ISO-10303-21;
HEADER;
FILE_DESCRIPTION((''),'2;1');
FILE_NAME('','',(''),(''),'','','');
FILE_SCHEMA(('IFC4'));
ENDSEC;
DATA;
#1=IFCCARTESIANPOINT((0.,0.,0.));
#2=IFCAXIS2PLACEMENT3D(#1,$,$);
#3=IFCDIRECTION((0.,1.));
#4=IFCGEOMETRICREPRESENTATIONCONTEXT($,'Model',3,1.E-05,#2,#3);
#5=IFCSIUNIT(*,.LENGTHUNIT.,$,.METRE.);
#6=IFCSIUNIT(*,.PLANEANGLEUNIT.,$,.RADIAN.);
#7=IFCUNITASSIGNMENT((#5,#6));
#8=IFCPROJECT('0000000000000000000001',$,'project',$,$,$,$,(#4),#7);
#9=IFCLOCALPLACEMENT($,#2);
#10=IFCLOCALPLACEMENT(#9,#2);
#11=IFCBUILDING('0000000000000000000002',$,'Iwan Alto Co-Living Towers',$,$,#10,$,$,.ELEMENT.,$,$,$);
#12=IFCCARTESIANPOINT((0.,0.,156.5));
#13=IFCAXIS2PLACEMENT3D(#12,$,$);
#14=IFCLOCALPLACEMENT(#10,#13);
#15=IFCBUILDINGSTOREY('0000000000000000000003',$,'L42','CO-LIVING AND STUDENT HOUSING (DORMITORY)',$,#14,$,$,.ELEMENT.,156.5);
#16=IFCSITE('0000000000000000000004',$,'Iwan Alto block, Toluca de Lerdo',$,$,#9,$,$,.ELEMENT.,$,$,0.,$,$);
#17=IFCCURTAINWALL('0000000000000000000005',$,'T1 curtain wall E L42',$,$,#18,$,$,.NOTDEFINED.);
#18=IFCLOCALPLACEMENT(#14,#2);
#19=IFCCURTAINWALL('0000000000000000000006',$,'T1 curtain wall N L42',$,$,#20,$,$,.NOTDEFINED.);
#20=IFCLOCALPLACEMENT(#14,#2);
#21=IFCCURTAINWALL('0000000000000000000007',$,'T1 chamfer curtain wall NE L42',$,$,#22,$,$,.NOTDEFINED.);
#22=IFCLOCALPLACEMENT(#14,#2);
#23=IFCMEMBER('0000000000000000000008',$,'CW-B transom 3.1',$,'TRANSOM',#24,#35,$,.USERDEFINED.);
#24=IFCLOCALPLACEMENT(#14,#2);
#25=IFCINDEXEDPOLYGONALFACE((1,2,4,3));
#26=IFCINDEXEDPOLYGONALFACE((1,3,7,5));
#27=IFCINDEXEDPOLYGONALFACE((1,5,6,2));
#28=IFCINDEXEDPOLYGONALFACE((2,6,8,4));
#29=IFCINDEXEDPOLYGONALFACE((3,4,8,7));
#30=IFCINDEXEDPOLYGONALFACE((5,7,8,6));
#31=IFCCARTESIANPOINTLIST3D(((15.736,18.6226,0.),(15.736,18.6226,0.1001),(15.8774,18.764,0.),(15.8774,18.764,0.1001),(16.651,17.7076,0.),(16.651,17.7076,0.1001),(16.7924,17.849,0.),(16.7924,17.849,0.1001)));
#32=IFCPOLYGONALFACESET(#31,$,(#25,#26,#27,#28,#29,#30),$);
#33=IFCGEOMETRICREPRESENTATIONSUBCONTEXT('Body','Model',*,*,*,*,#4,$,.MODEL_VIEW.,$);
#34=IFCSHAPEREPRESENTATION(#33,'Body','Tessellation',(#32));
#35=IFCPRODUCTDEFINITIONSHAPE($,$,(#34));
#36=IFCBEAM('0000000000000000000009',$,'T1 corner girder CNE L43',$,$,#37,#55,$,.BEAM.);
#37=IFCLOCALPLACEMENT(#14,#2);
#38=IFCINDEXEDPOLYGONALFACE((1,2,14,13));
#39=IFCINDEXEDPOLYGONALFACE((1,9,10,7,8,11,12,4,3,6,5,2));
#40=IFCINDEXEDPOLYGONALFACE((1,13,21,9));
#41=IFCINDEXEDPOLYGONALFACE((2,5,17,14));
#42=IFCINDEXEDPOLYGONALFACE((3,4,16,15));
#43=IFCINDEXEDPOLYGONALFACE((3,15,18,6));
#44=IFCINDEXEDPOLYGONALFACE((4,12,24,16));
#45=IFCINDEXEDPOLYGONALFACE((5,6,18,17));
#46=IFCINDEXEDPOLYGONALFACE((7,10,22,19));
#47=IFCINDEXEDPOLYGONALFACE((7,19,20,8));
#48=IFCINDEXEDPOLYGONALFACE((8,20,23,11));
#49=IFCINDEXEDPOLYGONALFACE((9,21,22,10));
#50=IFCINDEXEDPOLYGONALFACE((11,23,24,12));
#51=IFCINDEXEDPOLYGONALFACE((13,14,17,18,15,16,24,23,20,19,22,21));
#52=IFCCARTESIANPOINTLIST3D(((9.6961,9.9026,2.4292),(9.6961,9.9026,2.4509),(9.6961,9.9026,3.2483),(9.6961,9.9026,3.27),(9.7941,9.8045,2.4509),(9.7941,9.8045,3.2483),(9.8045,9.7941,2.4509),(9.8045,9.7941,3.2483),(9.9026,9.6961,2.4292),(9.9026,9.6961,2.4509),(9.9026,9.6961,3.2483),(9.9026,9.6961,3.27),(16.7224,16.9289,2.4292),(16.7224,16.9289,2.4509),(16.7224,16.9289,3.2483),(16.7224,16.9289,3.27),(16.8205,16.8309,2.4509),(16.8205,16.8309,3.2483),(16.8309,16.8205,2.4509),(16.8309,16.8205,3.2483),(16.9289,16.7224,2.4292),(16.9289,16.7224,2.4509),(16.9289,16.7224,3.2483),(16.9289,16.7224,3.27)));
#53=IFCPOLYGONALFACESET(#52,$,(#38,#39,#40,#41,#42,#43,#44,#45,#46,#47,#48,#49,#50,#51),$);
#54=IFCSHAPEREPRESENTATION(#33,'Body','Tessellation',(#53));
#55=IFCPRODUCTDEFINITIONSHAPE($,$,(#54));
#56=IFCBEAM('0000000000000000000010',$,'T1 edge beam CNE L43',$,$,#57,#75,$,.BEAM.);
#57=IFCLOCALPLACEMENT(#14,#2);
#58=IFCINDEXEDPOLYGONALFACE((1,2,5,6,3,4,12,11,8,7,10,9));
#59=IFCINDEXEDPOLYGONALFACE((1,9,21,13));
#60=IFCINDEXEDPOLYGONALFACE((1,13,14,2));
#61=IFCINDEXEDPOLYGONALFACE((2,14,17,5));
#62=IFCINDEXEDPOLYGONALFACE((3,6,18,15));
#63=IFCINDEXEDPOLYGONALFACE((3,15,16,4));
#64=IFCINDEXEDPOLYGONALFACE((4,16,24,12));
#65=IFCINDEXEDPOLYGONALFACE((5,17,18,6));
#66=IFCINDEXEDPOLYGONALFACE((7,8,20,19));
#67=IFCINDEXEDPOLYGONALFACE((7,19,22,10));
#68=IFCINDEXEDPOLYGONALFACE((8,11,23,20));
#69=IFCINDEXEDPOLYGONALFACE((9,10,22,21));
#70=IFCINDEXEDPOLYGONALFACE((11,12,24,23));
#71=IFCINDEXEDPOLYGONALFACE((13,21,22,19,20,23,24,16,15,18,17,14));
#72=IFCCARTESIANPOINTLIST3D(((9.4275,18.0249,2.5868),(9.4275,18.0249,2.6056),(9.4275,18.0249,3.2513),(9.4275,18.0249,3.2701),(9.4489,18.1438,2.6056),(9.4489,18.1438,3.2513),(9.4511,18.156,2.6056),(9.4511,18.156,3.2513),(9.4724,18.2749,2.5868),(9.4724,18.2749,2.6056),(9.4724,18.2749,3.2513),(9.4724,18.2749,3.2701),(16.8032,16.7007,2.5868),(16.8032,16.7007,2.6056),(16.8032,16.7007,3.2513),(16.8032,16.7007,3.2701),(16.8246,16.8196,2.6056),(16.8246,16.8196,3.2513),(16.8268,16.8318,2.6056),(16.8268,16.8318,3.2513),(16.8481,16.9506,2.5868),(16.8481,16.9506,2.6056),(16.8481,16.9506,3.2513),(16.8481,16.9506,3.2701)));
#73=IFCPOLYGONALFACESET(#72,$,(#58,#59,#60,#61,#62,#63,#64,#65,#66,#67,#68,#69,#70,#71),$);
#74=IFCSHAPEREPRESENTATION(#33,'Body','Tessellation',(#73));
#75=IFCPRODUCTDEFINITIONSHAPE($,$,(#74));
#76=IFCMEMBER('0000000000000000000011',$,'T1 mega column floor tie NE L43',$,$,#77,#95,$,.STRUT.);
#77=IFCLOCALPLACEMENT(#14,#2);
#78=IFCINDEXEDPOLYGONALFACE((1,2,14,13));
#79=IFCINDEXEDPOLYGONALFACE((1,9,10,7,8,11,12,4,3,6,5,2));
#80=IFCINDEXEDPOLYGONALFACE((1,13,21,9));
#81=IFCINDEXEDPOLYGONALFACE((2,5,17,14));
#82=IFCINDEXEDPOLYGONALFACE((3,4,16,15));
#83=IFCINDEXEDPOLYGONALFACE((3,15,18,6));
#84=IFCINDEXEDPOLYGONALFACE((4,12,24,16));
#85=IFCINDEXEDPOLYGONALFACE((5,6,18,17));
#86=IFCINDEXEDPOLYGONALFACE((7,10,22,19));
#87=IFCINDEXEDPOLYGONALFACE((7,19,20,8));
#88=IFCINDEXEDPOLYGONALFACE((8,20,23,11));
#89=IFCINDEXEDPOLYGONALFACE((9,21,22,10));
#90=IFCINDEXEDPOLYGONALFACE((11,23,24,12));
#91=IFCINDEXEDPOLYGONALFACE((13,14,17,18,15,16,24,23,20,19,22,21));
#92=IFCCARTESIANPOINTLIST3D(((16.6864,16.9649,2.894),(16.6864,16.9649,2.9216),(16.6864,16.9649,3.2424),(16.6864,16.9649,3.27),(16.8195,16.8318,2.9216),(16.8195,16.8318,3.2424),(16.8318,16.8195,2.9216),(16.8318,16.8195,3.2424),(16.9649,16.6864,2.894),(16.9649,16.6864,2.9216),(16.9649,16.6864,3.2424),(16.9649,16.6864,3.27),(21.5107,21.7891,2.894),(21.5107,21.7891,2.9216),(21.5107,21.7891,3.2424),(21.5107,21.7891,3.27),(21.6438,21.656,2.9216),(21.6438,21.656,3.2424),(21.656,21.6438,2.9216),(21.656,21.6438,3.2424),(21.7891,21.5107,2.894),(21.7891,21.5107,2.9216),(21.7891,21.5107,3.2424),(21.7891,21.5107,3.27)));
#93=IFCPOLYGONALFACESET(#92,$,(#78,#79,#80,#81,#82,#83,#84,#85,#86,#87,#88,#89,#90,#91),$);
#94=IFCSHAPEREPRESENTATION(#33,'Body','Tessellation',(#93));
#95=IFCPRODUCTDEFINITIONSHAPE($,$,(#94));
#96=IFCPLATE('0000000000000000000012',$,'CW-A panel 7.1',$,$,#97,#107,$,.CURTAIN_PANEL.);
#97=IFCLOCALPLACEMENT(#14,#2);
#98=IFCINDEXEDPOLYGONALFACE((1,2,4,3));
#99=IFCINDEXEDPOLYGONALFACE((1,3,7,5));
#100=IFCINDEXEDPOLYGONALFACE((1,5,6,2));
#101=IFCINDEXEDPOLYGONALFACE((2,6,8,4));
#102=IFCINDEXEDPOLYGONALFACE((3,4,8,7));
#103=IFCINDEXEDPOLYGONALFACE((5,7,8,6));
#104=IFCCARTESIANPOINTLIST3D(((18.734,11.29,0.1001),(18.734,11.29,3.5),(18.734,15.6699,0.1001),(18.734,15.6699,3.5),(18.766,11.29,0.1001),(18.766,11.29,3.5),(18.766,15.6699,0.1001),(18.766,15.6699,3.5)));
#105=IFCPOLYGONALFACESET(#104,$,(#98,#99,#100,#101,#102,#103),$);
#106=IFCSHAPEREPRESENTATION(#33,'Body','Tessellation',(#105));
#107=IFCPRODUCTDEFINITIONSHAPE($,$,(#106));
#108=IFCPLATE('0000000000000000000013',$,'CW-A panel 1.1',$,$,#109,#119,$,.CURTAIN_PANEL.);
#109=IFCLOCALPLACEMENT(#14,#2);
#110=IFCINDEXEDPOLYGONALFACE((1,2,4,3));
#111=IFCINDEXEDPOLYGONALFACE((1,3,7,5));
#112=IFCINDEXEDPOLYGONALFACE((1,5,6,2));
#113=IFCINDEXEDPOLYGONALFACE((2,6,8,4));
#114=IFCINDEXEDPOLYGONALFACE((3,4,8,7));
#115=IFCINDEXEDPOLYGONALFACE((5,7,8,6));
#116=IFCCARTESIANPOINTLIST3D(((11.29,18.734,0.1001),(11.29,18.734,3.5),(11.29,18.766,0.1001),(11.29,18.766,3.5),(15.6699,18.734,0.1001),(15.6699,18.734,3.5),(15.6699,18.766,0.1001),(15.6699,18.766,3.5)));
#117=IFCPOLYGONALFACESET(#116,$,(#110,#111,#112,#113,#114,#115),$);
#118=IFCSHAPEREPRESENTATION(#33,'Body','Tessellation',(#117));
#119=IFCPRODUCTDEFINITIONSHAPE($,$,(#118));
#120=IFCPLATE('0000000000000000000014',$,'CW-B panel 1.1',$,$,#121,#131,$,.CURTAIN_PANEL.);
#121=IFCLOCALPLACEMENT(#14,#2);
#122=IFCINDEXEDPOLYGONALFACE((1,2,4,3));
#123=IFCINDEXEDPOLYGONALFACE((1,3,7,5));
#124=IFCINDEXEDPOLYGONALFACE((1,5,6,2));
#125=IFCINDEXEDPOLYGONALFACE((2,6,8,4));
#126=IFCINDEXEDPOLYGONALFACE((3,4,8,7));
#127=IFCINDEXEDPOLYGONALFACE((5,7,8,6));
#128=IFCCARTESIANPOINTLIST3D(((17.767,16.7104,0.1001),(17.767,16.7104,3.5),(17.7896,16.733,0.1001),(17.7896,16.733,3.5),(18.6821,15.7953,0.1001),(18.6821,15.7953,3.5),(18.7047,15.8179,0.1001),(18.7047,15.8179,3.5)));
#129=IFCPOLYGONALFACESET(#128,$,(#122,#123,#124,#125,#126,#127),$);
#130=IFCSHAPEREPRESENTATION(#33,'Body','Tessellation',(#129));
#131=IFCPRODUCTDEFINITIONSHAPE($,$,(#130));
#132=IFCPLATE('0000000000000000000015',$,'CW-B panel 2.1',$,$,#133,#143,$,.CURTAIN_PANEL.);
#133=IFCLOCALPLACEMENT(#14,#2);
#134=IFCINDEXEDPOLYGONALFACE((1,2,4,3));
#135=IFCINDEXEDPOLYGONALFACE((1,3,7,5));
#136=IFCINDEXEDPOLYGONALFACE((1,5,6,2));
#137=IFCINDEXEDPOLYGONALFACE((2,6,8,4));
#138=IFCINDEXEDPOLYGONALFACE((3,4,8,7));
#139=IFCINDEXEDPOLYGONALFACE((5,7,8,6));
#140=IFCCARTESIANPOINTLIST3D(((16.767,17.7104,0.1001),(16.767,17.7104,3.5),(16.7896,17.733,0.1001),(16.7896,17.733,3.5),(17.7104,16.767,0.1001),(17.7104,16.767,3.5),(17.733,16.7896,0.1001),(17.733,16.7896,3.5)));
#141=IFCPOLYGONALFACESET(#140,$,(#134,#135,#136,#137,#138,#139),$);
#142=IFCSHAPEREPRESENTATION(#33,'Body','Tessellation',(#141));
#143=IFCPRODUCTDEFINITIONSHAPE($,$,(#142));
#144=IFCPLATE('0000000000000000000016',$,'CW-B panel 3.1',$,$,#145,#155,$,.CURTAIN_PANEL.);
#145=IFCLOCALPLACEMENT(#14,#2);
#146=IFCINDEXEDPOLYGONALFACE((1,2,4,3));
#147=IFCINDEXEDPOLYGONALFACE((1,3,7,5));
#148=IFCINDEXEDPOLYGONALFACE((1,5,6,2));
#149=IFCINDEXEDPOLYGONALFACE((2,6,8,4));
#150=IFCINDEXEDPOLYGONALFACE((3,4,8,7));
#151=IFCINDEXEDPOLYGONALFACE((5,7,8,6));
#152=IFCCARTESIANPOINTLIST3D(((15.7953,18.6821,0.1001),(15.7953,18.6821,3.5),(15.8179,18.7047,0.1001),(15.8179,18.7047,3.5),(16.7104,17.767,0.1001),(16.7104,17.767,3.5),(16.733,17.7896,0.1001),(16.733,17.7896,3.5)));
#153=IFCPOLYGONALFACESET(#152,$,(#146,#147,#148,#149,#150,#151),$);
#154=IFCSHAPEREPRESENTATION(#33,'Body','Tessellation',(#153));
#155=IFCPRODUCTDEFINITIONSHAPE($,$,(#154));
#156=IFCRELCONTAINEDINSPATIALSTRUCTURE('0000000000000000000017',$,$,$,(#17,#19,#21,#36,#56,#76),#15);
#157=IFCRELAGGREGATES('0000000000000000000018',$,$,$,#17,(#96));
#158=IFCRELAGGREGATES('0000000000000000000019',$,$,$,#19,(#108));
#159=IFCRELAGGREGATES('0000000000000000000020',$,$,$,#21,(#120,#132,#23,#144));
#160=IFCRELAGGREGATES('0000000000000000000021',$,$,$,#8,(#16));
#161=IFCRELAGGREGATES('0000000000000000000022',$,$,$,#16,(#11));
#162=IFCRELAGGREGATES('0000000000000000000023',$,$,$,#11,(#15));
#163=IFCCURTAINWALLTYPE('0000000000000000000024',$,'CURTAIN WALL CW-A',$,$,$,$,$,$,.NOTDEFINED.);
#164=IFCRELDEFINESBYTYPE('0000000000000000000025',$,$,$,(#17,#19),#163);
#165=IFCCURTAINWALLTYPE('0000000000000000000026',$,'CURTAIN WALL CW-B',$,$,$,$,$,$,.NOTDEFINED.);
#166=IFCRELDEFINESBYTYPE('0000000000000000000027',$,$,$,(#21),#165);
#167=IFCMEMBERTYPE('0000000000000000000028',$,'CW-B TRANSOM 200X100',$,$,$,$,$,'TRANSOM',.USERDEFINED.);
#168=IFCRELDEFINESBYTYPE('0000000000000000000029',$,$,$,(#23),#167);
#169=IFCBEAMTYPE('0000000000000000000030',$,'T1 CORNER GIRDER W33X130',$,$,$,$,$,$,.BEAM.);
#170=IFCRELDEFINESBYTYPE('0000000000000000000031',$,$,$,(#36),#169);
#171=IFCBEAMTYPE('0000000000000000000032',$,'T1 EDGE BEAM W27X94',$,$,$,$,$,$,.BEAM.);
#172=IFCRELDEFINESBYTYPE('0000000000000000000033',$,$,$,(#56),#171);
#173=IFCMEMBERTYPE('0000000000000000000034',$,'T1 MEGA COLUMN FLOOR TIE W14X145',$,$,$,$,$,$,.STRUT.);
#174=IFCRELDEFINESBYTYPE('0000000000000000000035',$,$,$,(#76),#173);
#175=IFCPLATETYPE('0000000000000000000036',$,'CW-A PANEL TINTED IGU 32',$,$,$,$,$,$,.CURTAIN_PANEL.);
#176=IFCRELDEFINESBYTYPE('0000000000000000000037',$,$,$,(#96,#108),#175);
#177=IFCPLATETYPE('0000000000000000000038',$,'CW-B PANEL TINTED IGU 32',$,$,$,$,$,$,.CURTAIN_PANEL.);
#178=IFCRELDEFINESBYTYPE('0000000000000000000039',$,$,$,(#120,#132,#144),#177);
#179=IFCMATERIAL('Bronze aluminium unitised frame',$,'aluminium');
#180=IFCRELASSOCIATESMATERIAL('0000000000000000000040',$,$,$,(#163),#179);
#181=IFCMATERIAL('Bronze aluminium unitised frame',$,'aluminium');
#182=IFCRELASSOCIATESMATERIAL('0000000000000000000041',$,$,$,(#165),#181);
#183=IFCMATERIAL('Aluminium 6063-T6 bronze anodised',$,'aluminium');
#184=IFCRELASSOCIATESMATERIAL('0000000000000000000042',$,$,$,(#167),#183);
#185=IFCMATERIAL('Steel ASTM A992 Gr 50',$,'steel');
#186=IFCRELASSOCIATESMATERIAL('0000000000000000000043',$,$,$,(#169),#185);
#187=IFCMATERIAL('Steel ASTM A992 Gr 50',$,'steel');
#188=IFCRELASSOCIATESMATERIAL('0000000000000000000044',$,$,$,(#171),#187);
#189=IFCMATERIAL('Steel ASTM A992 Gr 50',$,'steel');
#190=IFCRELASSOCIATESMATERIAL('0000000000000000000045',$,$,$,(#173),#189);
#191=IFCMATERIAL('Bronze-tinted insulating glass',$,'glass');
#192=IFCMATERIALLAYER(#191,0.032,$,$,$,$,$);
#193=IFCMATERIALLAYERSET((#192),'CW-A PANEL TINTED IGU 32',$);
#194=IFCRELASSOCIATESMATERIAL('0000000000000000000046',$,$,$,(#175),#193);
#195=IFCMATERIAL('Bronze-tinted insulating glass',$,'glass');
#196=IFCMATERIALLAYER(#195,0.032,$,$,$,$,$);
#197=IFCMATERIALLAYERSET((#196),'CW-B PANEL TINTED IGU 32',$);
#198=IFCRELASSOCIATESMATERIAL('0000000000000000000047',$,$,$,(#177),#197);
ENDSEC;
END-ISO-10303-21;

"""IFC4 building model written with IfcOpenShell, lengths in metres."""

from ifc_helpers import new_model, si_unit, direction, frame, origin, origin_2d, place, context, subcontext, project, spatial, rectangle, i_section, extrude, material, layer, layer_set, material_profile, profile_set, type_object, element, aggregate, save


model = new_model("IFC4")

# Units and contexts
model_context = context("Model", 3, precision=1e-05, world=origin(), true_north=direction((0.0, 1.0)))
body_context = subcontext(model_context, "Body", "Model", "MODEL_VIEW")
ifc_project = project(units=[si_unit("LENGTHUNIT", "METRE"), si_unit("PLANEANGLEUNIT", "RADIAN")], contexts=[model_context])

# Site, building, storey
site_placement = place(None, origin())
site = spatial("IfcSite", under=ifc_project, at=site_placement, Name="Iwan Alto block, Toluca de Lerdo", CompositionType="ELEMENT", RefElevation=0.0)
building_placement = place(site_placement, origin())
building = spatial("IfcBuilding", under=site, at=building_placement, Name="Iwan Alto Co-Living Towers", CompositionType="ELEMENT")
storey_placement = place(building_placement, frame((0.0, 0.0, 156.5)))
storey = spatial("IfcBuildingStorey", under=building, at=storey_placement, Name="L42", Description="CO-LIVING AND STUDENT HOUSING (DORMITORY)", CompositionType="ELEMENT", Elevation=156.5)

# Curtain walls
ifc_material_1 = material(Name="Bronze aluminium unitised frame", Category="aluminium")
curtain_wall_type_1 = type_object("IfcCurtainWallType", Name="CURTAIN WALL CW-A", PredefinedType="NOTDEFINED", material=ifc_material_1)
curtain_wall_1_placement = place(storey_placement, origin())
curtain_wall_1 = element("IfcCurtainWall", 1, at=curtain_wall_1_placement, inside=storey, type_object=curtain_wall_type_1, Name="T1 curtain wall E L42", PredefinedType="NOTDEFINED")
curtain_wall_2_placement = place(storey_placement, origin())
curtain_wall_2 = element("IfcCurtainWall", 2, at=curtain_wall_2_placement, inside=storey, type_object=curtain_wall_type_1, Name="T1 curtain wall N L42", PredefinedType="NOTDEFINED")

# Curtain wall, member
ifc_material_2 = material(Name="Bronze aluminium unitised frame", Category="aluminium")
curtain_wall_type_2 = type_object("IfcCurtainWallType", Name="CURTAIN WALL CW-B", PredefinedType="NOTDEFINED", material=ifc_material_2)
curtain_wall_3_placement = place(storey_placement, origin())
curtain_wall_3 = element("IfcCurtainWall", 3, at=curtain_wall_3_placement, inside=storey, type_object=curtain_wall_type_2, Name="T1 chamfer curtain wall NE L42", PredefinedType="NOTDEFINED")
ifc_material_3 = material(Name="Aluminium 6063-T6 bronze anodised", Category="aluminium")
ifc_material_profile_1 = material_profile(ifc_material_3, rectangle(XDim=0.2, YDim=0.1001, at=origin_2d()), Name="AL 200X100")
ifc_profile_set_1 = profile_set([ifc_material_profile_1], Name="Aluminium 6063-T6 bronze anodised")
member_type_1 = type_object("IfcMemberType", Name="CW-B TRANSOM 200X100", ElementType="TRANSOM", PredefinedType="USERDEFINED", material=ifc_profile_set_1)
member_1_placement = place(storey_placement, frame((16.7217, 17.7783, 0.05), z_axis=(-0.707107, 0.707107, 0.0), x_axis=(-0.707107, -0.707107, 0.0)))
member_1 = element("IfcMember", 4, at=member_1_placement, type_object=member_type_1, Name="CW-B transom 3.1", ObjectType="TRANSOM", PredefinedType="USERDEFINED", context=body_context, shape_type="SweptSolid", body=[
    extrude(rectangle(XDim=0.2, YDim=0.1001, at=origin_2d()), origin(), (0.0, 0.0, 1.0), 1.2939),
])

# Beams
ifc_material_4 = material(Name="Steel ASTM A992 Gr 50", Category="steel")
ifc_material_profile_2 = material_profile(ifc_material_4, i_section(OverallWidth=0.292, OverallDepth=0.8408, WebThickness=0.0146, FlangeThickness=0.0217, at=origin_2d()), Name="W33X130")
ifc_profile_set_2 = profile_set([ifc_material_profile_2], Name="Steel ASTM A992 Gr 50")
beam_type_1 = type_object("IfcBeamType", Name="T1 CORNER GIRDER W33X130", PredefinedType="BEAM", material=ifc_profile_set_2)
beam_1_placement = place(storey_placement, frame((16.8257, 16.8257, 2.8496), z_axis=(-0.707107, -0.707107, 0.0), x_axis=(0.707107, -0.707107, 0.0)))
element("IfcBeam", 5, at=beam_1_placement, inside=storey, type_object=beam_type_1, Name="T1 corner girder CNE L43", PredefinedType="BEAM", context=body_context, shape_type="SweptSolid", body=[
    extrude(i_section(OverallWidth=0.292, OverallDepth=0.8408, WebThickness=0.0146, FlangeThickness=0.0217, at=origin_2d()), origin(), (0.0, 0.0, 1.0), 9.9368),
])
ifc_material_5 = material(Name="Steel ASTM A992 Gr 50", Category="steel")
ifc_material_profile_3 = material_profile(ifc_material_5, i_section(OverallWidth=0.2539, OverallDepth=0.6833, WebThickness=0.0125, FlangeThickness=0.0188, at=origin_2d()), Name="W27X94")
ifc_profile_set_3 = profile_set([ifc_material_profile_3], Name="Steel ASTM A992 Gr 50")
beam_type_2 = type_object("IfcBeamType", Name="T1 EDGE BEAM W27X94", PredefinedType="BEAM", material=ifc_profile_set_3)
beam_2_placement = place(storey_placement, frame((16.8257, 16.8257, 2.9285), z_axis=(-0.984263, 0.176712, 0.0), x_axis=(-0.176712, -0.984263, 0.0)))
element("IfcBeam", 6, at=beam_2_placement, inside=storey, type_object=beam_type_2, Name="T1 edge beam CNE L43", PredefinedType="BEAM", context=body_context, shape_type="SweptSolid", body=[
    extrude(i_section(OverallWidth=0.2539, OverallDepth=0.6833, WebThickness=0.0125, FlangeThickness=0.0188, at=origin_2d()), origin(), (0.0, 0.0, 1.0), 7.4937),
])

# Member
ifc_material_6 = material(Name="Steel ASTM A992 Gr 50", Category="steel")
ifc_material_profile_4 = material_profile(ifc_material_6, i_section(OverallWidth=0.3938, OverallDepth=0.376, WebThickness=0.0173, FlangeThickness=0.0276, at=origin_2d()), Name="W14X145")
ifc_profile_set_4 = profile_set([ifc_material_profile_4], Name="Steel ASTM A992 Gr 50")
member_type_2 = type_object("IfcMemberType", Name="T1 MEGA COLUMN FLOOR TIE W14X145", PredefinedType="STRUT", material=ifc_profile_set_4)
member_2_placement = place(storey_placement, frame((21.6499, 21.6499, 3.082), z_axis=(-0.707107, -0.707107, 0.0), x_axis=(0.707107, -0.707107, 0.0)))
element("IfcMember", 7, at=member_2_placement, inside=storey, type_object=member_type_2, Name="T1 mega column floor tie NE L43", PredefinedType="STRUT", context=body_context, shape_type="SweptSolid", body=[
    extrude(i_section(OverallWidth=0.3938, OverallDepth=0.376, WebThickness=0.0173, FlangeThickness=0.0276, at=origin_2d()), origin(), (0.0, 0.0, 1.0), 6.8225),
])

# Plates
ifc_material_7 = material(Name="Bronze-tinted insulating glass", Category="glass")
ifc_layer_1 = layer(ifc_material_7, 0.032)
ifc_layer_set_1 = layer_set([ifc_layer_1], Name="CW-A PANEL TINTED IGU 32")
plate_type_1 = type_object("IfcPlateType", Name="CW-A PANEL TINTED IGU 32", PredefinedType="CURTAIN_PANEL", material=ifc_layer_set_1)
plate_1_placement = place(storey_placement, frame((18.75, 13.48, 0.1001), z_axis=(0.0, 0.0, 1.0), x_axis=(0.0, 1.0, 0.0)))
plate_1 = element("IfcPlate", 8, at=plate_1_placement, type_object=plate_type_1, Name="CW-A panel 7.1", PredefinedType="CURTAIN_PANEL", context=body_context, shape_type="SweptSolid", body=[
    extrude(rectangle(XDim=4.3799, YDim=0.032, at=origin_2d()), origin(), (0.0, 0.0, 1.0), 3.3999),
])
aggregate(curtain_wall_1, [plate_1])
plate_2_placement = place(storey_placement, frame((13.48, 18.75, 0.1001), z_axis=(0.0, 0.0, 1.0), x_axis=(-1.0, 0.0, 0.0)))
plate_2 = element("IfcPlate", 9, at=plate_2_placement, type_object=plate_type_1, Name="CW-A panel 1.1", PredefinedType="CURTAIN_PANEL", context=body_context, shape_type="SweptSolid", body=[
    extrude(rectangle(XDim=4.3799, YDim=0.032, at=origin_2d()), origin(), (0.0, 0.0, 1.0), 3.3999),
])
aggregate(curtain_wall_2, [plate_2])
ifc_material_8 = material(Name="Bronze-tinted insulating glass", Category="glass")
ifc_layer_2 = layer(ifc_material_8, 0.032)
ifc_layer_set_2 = layer_set([ifc_layer_2], Name="CW-B PANEL TINTED IGU 32")
plate_type_2 = type_object("IfcPlateType", Name="CW-B PANEL TINTED IGU 32", PredefinedType="CURTAIN_PANEL", material=ifc_layer_set_2)
plate_3_placement = place(storey_placement, frame((18.2358, 16.2642, 0.1001), z_axis=(0.0, 0.0, 1.0), x_axis=(-0.707107, 0.707107, 0.0)))
plate_3 = element("IfcPlate", 10, at=plate_3_placement, type_object=plate_type_2, Name="CW-B panel 1.1", PredefinedType="CURTAIN_PANEL", context=body_context, shape_type="SweptSolid", body=[
    extrude(rectangle(XDim=1.2942, YDim=0.032, at=origin_2d()), origin(), (0.0, 0.0, 1.0), 3.3999),
])
plate_4_placement = place(storey_placement, frame((17.25, 17.25, 0.1001), z_axis=(0.0, 0.0, 1.0), x_axis=(-0.707107, 0.707107, 0.0)))
plate_4 = element("IfcPlate", 11, at=plate_4_placement, type_object=plate_type_2, Name="CW-B panel 2.1", PredefinedType="CURTAIN_PANEL", context=body_context, shape_type="SweptSolid", body=[
    extrude(rectangle(XDim=1.3342, YDim=0.032, at=origin_2d()), origin(), (0.0, 0.0, 1.0), 3.3999),
])
plate_5_placement = place(storey_placement, frame((16.2642, 18.2358, 0.1001), z_axis=(0.0, 0.0, 1.0), x_axis=(-0.707107, 0.707107, 0.0)))
plate_5 = element("IfcPlate", 12, at=plate_5_placement, type_object=plate_type_2, Name="CW-B panel 3.1", PredefinedType="CURTAIN_PANEL", context=body_context, shape_type="SweptSolid", body=[
    extrude(rectangle(XDim=1.2942, YDim=0.032, at=origin_2d()), origin(), (0.0, 0.0, 1.0), 3.3999),
])
aggregate(curtain_wall_3, [plate_3, plate_4, member_1, plate_5])

save(model, "model.ifc")
